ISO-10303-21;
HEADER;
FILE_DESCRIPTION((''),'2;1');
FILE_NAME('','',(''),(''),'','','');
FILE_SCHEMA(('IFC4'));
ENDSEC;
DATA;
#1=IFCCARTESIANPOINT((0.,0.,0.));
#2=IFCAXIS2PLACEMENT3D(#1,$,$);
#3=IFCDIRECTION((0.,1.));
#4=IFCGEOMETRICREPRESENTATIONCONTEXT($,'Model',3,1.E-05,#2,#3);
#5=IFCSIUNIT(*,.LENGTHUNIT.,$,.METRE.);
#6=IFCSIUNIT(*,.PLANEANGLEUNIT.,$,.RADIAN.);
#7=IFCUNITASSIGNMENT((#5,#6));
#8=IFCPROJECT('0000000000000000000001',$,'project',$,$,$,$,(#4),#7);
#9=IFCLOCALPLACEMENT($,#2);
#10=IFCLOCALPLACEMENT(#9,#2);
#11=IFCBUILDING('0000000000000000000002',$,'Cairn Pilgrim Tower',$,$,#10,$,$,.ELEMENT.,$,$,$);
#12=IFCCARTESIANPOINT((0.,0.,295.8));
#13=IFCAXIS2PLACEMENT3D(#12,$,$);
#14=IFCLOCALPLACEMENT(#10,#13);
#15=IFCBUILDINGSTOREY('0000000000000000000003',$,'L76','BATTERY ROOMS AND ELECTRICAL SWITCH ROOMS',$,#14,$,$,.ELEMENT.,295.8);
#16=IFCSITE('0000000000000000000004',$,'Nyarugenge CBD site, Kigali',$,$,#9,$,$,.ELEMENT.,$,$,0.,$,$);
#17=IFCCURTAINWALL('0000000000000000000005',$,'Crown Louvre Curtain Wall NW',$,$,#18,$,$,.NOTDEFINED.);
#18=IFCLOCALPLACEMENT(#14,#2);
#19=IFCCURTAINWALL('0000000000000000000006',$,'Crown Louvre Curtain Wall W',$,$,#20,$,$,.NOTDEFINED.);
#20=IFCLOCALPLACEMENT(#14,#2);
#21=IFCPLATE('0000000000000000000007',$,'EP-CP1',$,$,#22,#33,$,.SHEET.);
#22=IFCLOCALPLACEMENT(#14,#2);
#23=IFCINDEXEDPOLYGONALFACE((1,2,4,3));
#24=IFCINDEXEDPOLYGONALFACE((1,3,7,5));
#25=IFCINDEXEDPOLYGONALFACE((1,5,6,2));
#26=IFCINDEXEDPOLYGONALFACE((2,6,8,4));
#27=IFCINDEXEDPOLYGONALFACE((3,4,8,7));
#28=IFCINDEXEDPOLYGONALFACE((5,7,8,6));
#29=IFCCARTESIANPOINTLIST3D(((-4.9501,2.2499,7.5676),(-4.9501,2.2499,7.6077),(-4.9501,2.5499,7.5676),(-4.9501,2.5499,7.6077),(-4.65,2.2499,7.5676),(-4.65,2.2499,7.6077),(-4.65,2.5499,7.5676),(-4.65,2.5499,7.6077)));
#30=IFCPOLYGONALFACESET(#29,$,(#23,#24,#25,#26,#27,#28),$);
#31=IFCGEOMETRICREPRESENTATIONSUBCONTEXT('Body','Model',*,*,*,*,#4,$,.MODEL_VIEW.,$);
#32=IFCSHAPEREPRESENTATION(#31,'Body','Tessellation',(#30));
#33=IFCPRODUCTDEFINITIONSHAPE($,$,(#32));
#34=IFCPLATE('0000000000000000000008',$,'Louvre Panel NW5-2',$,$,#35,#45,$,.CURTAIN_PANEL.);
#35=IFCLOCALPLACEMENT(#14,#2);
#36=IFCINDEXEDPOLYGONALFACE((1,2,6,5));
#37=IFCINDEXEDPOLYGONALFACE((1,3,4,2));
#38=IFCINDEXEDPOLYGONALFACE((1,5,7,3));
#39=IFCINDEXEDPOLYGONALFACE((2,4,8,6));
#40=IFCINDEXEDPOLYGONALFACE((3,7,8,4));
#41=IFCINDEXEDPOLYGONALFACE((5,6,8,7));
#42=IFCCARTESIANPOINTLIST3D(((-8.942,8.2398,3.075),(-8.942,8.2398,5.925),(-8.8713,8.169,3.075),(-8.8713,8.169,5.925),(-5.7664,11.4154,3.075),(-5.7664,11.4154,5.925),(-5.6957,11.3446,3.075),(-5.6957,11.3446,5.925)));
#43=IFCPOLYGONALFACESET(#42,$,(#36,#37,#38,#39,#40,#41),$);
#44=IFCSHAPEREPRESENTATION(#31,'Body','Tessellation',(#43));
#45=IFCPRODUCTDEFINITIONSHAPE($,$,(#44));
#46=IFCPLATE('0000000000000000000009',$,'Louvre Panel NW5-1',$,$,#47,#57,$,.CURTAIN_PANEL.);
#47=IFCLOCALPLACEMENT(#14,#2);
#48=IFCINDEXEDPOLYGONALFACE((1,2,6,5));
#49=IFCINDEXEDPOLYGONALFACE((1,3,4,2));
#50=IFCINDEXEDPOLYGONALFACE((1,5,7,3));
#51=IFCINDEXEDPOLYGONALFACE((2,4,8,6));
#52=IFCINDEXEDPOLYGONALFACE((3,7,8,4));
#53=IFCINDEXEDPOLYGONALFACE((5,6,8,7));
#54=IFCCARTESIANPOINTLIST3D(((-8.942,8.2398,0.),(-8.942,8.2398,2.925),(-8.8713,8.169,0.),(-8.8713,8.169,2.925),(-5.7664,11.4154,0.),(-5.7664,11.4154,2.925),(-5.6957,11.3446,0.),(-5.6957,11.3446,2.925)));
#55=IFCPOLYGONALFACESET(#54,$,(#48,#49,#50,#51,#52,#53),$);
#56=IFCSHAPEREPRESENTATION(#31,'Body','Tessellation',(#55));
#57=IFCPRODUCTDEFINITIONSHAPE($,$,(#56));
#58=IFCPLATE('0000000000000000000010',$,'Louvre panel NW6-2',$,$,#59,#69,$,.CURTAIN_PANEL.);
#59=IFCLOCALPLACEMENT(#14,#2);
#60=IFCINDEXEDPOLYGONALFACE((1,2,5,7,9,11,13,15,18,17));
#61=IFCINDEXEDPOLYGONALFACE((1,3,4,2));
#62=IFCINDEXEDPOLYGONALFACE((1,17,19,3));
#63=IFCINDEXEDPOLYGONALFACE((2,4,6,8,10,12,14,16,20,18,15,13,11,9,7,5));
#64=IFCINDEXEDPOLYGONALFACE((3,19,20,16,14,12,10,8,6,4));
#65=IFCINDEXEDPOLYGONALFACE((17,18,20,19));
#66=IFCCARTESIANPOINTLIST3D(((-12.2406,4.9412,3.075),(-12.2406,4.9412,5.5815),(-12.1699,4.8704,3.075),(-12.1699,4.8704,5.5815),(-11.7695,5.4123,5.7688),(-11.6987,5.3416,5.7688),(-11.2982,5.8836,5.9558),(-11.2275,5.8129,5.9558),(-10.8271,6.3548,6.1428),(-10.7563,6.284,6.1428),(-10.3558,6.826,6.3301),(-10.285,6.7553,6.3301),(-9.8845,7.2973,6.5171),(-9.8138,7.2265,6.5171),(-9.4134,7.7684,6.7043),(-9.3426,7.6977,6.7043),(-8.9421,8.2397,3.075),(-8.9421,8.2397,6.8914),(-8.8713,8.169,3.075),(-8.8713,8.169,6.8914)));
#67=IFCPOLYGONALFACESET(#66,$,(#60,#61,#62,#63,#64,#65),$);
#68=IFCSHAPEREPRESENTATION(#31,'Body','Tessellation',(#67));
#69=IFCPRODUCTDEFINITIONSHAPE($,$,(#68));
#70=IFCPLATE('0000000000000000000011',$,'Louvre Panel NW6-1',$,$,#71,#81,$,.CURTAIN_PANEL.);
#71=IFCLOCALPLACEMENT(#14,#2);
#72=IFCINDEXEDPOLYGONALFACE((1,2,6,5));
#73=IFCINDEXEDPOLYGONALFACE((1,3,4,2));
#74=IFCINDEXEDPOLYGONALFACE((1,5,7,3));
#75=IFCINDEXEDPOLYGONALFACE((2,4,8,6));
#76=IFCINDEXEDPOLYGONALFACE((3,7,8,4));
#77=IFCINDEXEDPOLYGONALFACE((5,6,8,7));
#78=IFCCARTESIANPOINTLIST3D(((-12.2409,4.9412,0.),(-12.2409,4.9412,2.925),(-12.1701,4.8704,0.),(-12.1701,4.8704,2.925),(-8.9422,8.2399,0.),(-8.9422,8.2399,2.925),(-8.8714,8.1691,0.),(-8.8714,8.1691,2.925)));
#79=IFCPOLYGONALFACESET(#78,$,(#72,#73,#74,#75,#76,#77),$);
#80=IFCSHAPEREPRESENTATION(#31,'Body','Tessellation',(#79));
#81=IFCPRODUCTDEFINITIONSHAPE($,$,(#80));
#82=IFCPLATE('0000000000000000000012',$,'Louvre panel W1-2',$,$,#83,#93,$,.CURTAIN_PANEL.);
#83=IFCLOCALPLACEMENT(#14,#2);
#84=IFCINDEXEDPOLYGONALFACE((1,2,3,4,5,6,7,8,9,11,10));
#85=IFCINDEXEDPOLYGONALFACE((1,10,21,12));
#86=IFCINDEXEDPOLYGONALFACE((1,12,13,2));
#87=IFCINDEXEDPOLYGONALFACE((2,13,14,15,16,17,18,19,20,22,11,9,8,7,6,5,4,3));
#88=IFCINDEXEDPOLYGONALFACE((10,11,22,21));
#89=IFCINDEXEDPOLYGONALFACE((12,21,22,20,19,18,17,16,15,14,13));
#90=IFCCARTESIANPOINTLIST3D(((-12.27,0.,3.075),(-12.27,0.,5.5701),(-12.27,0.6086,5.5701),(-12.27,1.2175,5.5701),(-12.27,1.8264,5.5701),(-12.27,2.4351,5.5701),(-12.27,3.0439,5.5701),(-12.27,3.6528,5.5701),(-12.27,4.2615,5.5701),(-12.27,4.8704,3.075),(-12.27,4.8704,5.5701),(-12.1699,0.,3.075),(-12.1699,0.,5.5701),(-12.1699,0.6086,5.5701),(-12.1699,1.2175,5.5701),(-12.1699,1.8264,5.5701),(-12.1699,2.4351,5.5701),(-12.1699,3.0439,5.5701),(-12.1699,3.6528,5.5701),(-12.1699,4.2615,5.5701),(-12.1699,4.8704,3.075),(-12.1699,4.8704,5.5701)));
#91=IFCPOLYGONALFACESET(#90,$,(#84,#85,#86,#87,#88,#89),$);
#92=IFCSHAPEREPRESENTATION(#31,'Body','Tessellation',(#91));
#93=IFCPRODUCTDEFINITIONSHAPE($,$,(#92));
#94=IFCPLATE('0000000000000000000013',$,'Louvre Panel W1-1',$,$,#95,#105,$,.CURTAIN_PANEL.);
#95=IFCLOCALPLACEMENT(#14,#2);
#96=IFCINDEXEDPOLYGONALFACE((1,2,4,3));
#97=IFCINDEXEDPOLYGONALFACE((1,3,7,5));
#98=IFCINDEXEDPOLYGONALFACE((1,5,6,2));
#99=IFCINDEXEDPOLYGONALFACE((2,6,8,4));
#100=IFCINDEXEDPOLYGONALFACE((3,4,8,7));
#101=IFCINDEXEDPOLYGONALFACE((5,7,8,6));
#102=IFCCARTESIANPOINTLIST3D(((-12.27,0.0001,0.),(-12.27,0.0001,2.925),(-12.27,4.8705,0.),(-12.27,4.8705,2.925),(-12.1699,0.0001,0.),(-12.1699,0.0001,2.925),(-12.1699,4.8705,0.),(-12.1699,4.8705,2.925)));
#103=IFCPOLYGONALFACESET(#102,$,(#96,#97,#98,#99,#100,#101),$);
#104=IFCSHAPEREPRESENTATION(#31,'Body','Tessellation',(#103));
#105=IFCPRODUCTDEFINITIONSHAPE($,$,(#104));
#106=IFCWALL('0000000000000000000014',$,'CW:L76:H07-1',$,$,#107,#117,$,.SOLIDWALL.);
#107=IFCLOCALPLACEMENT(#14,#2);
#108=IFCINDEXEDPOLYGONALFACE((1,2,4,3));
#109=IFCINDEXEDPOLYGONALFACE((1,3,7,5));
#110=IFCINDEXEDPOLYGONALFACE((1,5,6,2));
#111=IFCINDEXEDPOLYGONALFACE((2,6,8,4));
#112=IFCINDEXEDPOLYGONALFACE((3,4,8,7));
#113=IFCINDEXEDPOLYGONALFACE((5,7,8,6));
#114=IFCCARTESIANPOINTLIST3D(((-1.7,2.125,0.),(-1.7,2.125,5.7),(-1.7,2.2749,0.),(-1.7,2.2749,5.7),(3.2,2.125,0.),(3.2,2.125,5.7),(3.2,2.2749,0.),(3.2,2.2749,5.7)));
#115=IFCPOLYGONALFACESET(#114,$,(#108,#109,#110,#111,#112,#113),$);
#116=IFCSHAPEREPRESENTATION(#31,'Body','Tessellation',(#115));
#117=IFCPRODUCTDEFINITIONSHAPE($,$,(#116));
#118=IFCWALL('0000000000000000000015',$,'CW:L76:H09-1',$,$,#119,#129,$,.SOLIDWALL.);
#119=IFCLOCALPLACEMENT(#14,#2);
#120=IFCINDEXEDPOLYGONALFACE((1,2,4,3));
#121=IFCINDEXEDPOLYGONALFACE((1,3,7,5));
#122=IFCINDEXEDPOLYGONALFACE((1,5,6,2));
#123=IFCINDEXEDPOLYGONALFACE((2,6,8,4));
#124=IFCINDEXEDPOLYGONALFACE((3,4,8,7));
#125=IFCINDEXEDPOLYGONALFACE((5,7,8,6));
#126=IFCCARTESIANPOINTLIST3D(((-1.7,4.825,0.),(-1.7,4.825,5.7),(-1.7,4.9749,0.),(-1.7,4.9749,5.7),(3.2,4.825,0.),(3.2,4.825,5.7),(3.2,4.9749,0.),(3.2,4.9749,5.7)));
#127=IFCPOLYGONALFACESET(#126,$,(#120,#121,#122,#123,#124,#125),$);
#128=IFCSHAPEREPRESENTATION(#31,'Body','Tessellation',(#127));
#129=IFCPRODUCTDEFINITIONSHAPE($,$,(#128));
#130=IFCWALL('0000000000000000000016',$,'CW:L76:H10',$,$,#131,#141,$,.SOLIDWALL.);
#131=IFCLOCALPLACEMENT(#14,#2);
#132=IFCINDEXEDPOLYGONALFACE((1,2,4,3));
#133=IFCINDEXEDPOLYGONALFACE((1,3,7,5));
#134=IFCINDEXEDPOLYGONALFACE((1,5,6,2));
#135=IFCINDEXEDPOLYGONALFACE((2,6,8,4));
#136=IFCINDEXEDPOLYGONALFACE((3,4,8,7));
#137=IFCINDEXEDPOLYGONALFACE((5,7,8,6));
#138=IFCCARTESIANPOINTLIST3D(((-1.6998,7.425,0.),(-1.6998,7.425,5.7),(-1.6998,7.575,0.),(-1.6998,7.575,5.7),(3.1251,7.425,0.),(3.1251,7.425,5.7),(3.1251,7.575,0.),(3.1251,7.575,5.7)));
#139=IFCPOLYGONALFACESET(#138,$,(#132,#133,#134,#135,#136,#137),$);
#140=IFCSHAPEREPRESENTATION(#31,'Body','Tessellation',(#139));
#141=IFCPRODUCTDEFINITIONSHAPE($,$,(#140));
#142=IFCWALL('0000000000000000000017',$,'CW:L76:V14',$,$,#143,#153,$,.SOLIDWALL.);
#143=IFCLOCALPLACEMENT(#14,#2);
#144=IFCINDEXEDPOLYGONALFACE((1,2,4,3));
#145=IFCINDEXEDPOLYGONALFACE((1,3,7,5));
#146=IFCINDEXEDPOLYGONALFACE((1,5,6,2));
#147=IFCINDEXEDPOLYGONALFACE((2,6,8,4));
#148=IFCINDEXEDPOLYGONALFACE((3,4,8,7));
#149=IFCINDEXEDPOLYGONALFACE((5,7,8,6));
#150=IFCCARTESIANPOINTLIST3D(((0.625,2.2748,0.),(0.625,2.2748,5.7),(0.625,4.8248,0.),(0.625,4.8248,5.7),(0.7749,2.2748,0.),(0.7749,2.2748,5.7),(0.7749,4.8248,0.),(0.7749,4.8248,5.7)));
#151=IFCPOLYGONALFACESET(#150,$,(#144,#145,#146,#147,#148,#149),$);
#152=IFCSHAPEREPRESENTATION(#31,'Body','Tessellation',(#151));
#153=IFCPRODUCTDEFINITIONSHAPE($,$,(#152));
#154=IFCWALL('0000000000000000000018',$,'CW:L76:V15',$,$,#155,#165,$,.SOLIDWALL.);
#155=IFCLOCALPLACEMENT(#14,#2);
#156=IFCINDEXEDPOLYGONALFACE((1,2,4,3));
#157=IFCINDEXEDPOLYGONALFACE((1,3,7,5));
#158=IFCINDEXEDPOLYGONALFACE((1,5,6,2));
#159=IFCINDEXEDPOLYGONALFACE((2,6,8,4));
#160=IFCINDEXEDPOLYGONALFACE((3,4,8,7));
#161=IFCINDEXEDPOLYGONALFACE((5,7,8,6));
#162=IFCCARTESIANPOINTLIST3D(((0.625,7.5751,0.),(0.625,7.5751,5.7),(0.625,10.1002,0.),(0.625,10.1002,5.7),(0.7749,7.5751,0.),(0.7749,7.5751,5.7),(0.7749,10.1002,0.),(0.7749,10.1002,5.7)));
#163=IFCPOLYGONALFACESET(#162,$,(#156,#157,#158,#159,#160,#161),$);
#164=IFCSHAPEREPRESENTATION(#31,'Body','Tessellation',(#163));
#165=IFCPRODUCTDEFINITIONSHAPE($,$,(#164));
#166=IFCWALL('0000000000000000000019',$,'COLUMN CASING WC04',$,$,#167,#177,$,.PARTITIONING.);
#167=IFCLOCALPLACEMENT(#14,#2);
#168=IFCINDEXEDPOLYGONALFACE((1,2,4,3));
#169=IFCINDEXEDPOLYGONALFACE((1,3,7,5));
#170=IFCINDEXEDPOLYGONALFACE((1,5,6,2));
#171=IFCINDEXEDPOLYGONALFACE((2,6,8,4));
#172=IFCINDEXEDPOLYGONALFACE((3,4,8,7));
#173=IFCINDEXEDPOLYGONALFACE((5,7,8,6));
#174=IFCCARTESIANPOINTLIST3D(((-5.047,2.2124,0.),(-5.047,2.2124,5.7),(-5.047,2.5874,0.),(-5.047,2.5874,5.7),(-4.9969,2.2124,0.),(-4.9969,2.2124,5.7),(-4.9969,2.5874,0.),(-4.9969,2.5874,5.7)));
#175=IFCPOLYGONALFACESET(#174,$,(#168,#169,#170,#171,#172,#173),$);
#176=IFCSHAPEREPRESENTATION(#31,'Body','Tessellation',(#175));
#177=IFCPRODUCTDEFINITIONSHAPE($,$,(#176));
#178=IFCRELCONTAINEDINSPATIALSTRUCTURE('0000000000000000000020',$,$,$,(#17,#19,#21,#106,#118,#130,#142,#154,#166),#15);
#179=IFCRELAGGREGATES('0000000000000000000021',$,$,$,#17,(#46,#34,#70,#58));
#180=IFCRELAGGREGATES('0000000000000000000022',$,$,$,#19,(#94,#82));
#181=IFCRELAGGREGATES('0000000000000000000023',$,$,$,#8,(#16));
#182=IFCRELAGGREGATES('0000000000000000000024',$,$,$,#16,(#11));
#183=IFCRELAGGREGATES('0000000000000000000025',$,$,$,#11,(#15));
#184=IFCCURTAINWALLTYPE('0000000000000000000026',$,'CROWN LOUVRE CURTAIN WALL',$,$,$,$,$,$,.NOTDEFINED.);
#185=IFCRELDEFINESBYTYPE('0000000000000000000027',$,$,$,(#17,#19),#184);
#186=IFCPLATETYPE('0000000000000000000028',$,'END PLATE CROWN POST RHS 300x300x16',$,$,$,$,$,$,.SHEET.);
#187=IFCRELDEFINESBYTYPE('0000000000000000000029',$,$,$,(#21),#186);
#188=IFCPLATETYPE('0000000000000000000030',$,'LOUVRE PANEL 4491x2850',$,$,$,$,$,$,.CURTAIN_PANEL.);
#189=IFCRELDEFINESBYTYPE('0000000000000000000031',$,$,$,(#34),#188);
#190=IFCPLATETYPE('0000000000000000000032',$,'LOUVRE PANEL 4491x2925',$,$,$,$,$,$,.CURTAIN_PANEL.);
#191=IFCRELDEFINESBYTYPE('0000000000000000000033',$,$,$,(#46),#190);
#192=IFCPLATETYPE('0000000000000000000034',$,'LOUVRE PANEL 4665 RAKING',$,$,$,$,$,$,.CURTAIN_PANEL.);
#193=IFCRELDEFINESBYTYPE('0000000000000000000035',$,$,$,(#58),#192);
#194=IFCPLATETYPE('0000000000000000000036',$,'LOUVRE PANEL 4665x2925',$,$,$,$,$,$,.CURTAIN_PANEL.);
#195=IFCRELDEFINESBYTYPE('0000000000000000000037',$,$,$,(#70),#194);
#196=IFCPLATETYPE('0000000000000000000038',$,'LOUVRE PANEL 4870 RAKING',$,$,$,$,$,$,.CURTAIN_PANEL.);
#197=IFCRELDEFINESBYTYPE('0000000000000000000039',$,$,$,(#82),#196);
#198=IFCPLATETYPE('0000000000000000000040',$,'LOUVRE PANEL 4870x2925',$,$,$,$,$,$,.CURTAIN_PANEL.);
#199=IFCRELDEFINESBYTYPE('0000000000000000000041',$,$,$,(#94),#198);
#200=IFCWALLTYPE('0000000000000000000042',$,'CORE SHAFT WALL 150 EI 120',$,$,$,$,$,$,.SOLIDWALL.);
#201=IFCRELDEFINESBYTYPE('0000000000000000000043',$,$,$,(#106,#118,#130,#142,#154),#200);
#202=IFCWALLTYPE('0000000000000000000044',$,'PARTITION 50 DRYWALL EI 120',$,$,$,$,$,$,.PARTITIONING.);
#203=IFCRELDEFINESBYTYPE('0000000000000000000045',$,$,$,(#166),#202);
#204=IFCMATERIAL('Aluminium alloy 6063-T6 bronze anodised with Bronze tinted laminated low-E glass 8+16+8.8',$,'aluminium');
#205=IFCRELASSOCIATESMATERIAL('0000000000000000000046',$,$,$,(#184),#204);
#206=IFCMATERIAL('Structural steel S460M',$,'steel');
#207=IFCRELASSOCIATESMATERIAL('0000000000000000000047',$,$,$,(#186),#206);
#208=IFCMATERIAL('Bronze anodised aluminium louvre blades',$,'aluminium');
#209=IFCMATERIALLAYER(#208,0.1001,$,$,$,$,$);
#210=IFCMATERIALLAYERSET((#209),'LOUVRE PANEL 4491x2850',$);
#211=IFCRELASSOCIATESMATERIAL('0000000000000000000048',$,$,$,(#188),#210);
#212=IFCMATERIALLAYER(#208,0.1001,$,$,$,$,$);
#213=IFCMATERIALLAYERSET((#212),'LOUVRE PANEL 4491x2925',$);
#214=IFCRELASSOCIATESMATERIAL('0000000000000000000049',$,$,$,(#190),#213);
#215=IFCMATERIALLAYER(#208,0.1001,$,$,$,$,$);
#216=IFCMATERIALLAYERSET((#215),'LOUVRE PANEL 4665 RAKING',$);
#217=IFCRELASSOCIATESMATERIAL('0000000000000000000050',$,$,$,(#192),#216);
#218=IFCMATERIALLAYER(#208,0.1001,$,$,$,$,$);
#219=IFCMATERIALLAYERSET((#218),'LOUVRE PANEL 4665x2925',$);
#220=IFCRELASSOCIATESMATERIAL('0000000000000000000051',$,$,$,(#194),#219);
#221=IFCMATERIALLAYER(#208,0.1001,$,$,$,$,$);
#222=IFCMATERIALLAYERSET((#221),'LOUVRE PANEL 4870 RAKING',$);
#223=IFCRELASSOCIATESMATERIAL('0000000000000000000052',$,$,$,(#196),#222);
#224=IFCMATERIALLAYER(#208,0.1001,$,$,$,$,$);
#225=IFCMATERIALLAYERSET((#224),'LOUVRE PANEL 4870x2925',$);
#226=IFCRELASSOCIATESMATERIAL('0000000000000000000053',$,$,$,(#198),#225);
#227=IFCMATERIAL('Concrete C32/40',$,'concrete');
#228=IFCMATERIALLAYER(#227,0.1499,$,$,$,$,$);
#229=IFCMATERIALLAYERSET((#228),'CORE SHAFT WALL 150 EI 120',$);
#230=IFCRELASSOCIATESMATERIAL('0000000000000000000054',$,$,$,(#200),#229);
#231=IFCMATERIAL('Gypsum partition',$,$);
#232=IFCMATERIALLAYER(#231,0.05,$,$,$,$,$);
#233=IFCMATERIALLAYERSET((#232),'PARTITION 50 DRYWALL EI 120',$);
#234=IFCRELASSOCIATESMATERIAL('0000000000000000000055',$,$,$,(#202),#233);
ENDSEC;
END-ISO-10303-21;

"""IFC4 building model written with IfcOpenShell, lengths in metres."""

from ifc_helpers import new_model, si_unit, direction, frame, frame_2d, origin, origin_2d, place, context, subcontext, project, spatial, polyline, rectangle, outline, extrude, material, layer, layer_set, material_profile, profile_set, type_object, element, aggregate, save


model = new_model("IFC4")

# Units and contexts
model_context = context("Model", 3, precision=1e-05, world=origin(), true_north=direction((0.0, 1.0)))
body_context = subcontext(model_context, "Body", "Model", "MODEL_VIEW")
ifc_project = project(units=[si_unit("LENGTHUNIT", "METRE"), si_unit("PLANEANGLEUNIT", "RADIAN")], contexts=[model_context])

# Site, building, storey
site_placement = place(None, origin())
site = spatial("IfcSite", under=ifc_project, at=site_placement, Name="Nyarugenge CBD site, Kigali", CompositionType="ELEMENT", RefElevation=0.0)
building_placement = place(site_placement, origin())
building = spatial("IfcBuilding", under=site, at=building_placement, Name="Cairn Pilgrim Tower", CompositionType="ELEMENT")
storey_placement = place(building_placement, frame((0.0, 0.0, 295.8)))
storey = spatial("IfcBuildingStorey", under=building, at=storey_placement, Name="L76", Description="BATTERY ROOMS AND ELECTRICAL SWITCH ROOMS", CompositionType="ELEMENT", Elevation=295.8)

# Shared definitions
ifc_material_1 = material(Name="Structural steel S460M", Category="steel")

# Curtain walls
ifc_material_2 = material(Name="Aluminium alloy 6063-T6 bronze anodised with Bronze tinted laminated low-E glass 8+16+8.8", Category="aluminium")
curtain_wall_type = type_object("IfcCurtainWallType", Name="CROWN LOUVRE CURTAIN WALL", PredefinedType="NOTDEFINED", material=ifc_material_2)
curtain_wall_1_placement = place(storey_placement, origin())
curtain_wall_1 = element("IfcCurtainWall", 1, at=curtain_wall_1_placement, inside=storey, type_object=curtain_wall_type, Name="Crown Louvre Curtain Wall NW", PredefinedType="NOTDEFINED")
curtain_wall_2_placement = place(storey_placement, origin())
curtain_wall_2 = element("IfcCurtainWall", 2, at=curtain_wall_2_placement, inside=storey, type_object=curtain_wall_type, Name="Crown Louvre Curtain Wall W", PredefinedType="NOTDEFINED")

# Plate
ifc_material_profile_1 = material_profile(ifc_material_1, rectangle(XDim=0.3, YDim=0.3, at=origin_2d()), Name="END PLATE CROWN POST RHS 300x300x16")
ifc_profile_set_1 = profile_set([ifc_material_profile_1], Name="Structural steel S460M")
plate_type_1 = type_object("IfcPlateType", Name="END PLATE CROWN POST RHS 300x300x16", PredefinedType="SHEET", material=ifc_profile_set_1)
plate_1_placement = place(storey_placement, frame((-4.8, 2.3999, 7.5676), z_axis=(0.0, 0.0, 1.0), x_axis=(1.0, 0.0, 0.0)))
element("IfcPlate", 3, at=plate_1_placement, inside=storey, type_object=plate_type_1, Name="EP-CP1", PredefinedType="SHEET", context=body_context, shape_type="SweptSolid", body=[
    extrude(rectangle(XDim=0.3, YDim=0.3, at=origin_2d()), origin(), (0.0, 0.0, 1.0), 0.04),
])

# Plates
ifc_material_3 = material(Name="Bronze anodised aluminium louvre blades", Category="aluminium")
ifc_layer_1 = layer(ifc_material_3, 0.1001)
ifc_layer_set_1 = layer_set([ifc_layer_1], Name="LOUVRE PANEL 4491x2850")
plate_type_2 = type_object("IfcPlateType", Name="LOUVRE PANEL 4491x2850", PredefinedType="CURTAIN_PANEL", material=ifc_layer_set_1)
plate_2_placement = place(storey_placement, frame((-7.3188, 9.7922, 3.075), z_axis=(0.0, 0.0, 1.0), x_axis=(-0.707107, -0.707107, 0.0)))
plate_2 = element("IfcPlate", 4, at=plate_2_placement, type_object=plate_type_2, Name="Louvre Panel NW5-2", PredefinedType="CURTAIN_PANEL", context=body_context, shape_type="SweptSolid", body=[
    extrude(rectangle(XDim=4.491, YDim=0.1001, at=origin_2d()), origin(), (0.0, 0.0, 1.0), 2.8501),
])
ifc_layer_2 = layer(ifc_material_3, 0.1001)
ifc_layer_set_2 = layer_set([ifc_layer_2], Name="LOUVRE PANEL 4491x2925")
plate_type_3 = type_object("IfcPlateType", Name="LOUVRE PANEL 4491x2925", PredefinedType="CURTAIN_PANEL", material=ifc_layer_set_2)
plate_3_placement = place(storey_placement, frame((-7.3188, 9.7922, 0.0), z_axis=(0.0, 0.0, 1.0), x_axis=(-0.707107, -0.707107, 0.0)))
plate_3 = element("IfcPlate", 5, at=plate_3_placement, type_object=plate_type_3, Name="Louvre Panel NW5-1", PredefinedType="CURTAIN_PANEL", context=body_context, shape_type="SweptSolid", body=[
    extrude(rectangle(XDim=4.491, YDim=0.1001, at=origin_2d()), origin(), (0.0, 0.0, 1.0), 2.925),
])
ifc_layer_3 = layer(ifc_material_3, 0.1001)
ifc_layer_set_3 = layer_set([ifc_layer_3], Name="LOUVRE PANEL 4665 RAKING")
plate_type_4 = type_object("IfcPlateType", Name="LOUVRE PANEL 4665 RAKING", PredefinedType="CURTAIN_PANEL", material=ifc_layer_set_3)
plate_4_placement = place(storey_placement, frame((-8.9067, 8.2043, 3.075), z_axis=(0.0, 0.0, 1.0), x_axis=(-0.707107, -0.707107, 0.0)))
plate_4 = element("IfcPlate", 6, at=plate_4_placement, type_object=plate_type_4, Name="Louvre panel NW6-2", PredefinedType="CURTAIN_PANEL", context=body_context, shape_type="SweptSolid", body=[
    extrude(outline(polyline([(0.0, 0.0), (4.6648, 0.0), (4.6648, 2.5066), (3.9985, 2.6938), (3.332, 2.8809), (2.6658, 3.0679), (1.9993, 3.2551), (1.3328, 3.4421), (0.6665, 3.6294), (0.0, 3.8164), (0.0, 0.0)])), frame((0.0, 0.05, 0.0), z_axis=(0.0, -1.0, 0.0), x_axis=(1.0, 0.0, 0.0)), (0.0, 0.0, 1.0), 0.1001),
])
ifc_layer_4 = layer(ifc_material_3, 0.1001)
ifc_layer_set_4 = layer_set([ifc_layer_4], Name="LOUVRE PANEL 4665x2925")
plate_type_5 = type_object("IfcPlateType", Name="LOUVRE PANEL 4665x2925", PredefinedType="CURTAIN_PANEL", material=ifc_layer_set_4)
plate_5_placement = place(storey_placement, frame((-10.5562, 6.5552, 0.0), z_axis=(0.0, 0.0, 1.0), x_axis=(-0.707107, -0.707107, 0.0)))
plate_5 = element("IfcPlate", 7, at=plate_5_placement, type_object=plate_type_5, Name="Louvre Panel NW6-1", PredefinedType="CURTAIN_PANEL", context=body_context, shape_type="SweptSolid", body=[
    extrude(rectangle(XDim=4.665, YDim=0.1001, at=origin_2d()), origin(), (0.0, 0.0, 1.0), 2.925),
])
aggregate(curtain_wall_1, [plate_3, plate_2, plate_5, plate_4])
ifc_layer_5 = layer(ifc_material_3, 0.1001)
ifc_layer_set_5 = layer_set([ifc_layer_5], Name="LOUVRE PANEL 4870 RAKING")
plate_type_6 = type_object("IfcPlateType", Name="LOUVRE PANEL 4870 RAKING", PredefinedType="CURTAIN_PANEL", material=ifc_layer_set_5)
plate_6_placement = place(storey_placement, frame((-12.22, 4.8704, 3.075), z_axis=(0.0, 0.0, 1.0), x_axis=(0.0, -1.0, 0.0)))
plate_6 = element("IfcPlate", 8, at=plate_6_placement, type_object=plate_type_6, Name="Louvre panel W1-2", PredefinedType="CURTAIN_PANEL", context=body_context, shape_type="SweptSolid", body=[
    extrude(outline(polyline([(0.0, 0.0), (4.8704, 0.0), (4.8704, 2.4951), (4.2617, 2.4951), (3.6528, 2.4951), (3.0439, 2.4951), (2.4353, 2.4951), (1.8264, 2.4951), (1.2175, 2.4951), (0.6089, 2.4951), (0.0, 2.4951), (0.0, 0.0)])), frame((0.0, 0.05, 0.0), z_axis=(0.0, -1.0, 0.0), x_axis=(1.0, 0.0, 0.0)), (0.0, 0.0, 1.0), 0.1001),
])
ifc_layer_6 = layer(ifc_material_3, 0.1001)
ifc_layer_set_6 = layer_set([ifc_layer_6], Name="LOUVRE PANEL 4870x2925")
plate_type_7 = type_object("IfcPlateType", Name="LOUVRE PANEL 4870x2925", PredefinedType="CURTAIN_PANEL", material=ifc_layer_set_6)
plate_7_placement = place(storey_placement, frame((-12.22, 2.4353, 0.0), z_axis=(0.0, 0.0, 1.0), x_axis=(0.0, -1.0, 0.0)))
plate_7 = element("IfcPlate", 9, at=plate_7_placement, type_object=plate_type_7, Name="Louvre Panel W1-1", PredefinedType="CURTAIN_PANEL", context=body_context, shape_type="SweptSolid", body=[
    extrude(rectangle(XDim=4.8704, YDim=0.1001, at=origin_2d()), origin(), (0.0, 0.0, 1.0), 2.925),
])
aggregate(curtain_wall_2, [plate_7, plate_6])

# Walls
ifc_material_4 = material(Name="Concrete C32/40", Category="concrete")
ifc_layer_7 = layer(ifc_material_4, 0.1499)
ifc_layer_set_7 = layer_set([ifc_layer_7], Name="CORE SHAFT WALL 150 EI 120")
wall_type_1 = type_object("IfcWallType", Name="CORE SHAFT WALL 150 EI 120", PredefinedType="SOLIDWALL", material=ifc_layer_set_7)
for number, where, z_axis, x_axis, name in (
    (10, (-1.7, 2.2, 0.0), (0.0, 0.0, 1.0), (1.0, 0.0, 0.0), "CW:L76:H07-1"),
    (11, (-1.7, 4.8999, 0.0), (0.0, 0.0, 1.0), (1.0, 0.0, 0.0), "CW:L76:H09-1"),
):
    element("IfcWall", number, at=place(storey_placement, frame(where, z_axis=z_axis, x_axis=x_axis)), inside=storey, type_object=wall_type_1, Name=name, PredefinedType="SOLIDWALL", context=body_context, shape_type="SweptSolid", body=[
        extrude(rectangle(XDim=4.8999, YDim=0.1499, at=frame_2d((2.45, 0.0))), origin(), (0.0, 0.0, 1.0), 5.7),
    ])
wall_1_placement = place(storey_placement, frame((-1.7, 7.5, 0.0), z_axis=(0.0, 0.0, 1.0), x_axis=(1.0, 0.0, 0.0)))
element("IfcWall", 12, at=wall_1_placement, inside=storey, type_object=wall_type_1, Name="CW:L76:H10", PredefinedType="SOLIDWALL", context=body_context, shape_type="SweptSolid", body=[
    extrude(rectangle(XDim=4.825, YDim=0.1499, at=frame_2d((2.4126, 0.0))), origin(), (0.0, 0.0, 1.0), 5.7),
])
wall_2_placement = place(storey_placement, frame((0.7, 2.2749, 0.0), z_axis=(0.0, 0.0, 1.0), x_axis=(0.0, 1.0, 0.0)))
element("IfcWall", 13, at=wall_2_placement, inside=storey, type_object=wall_type_1, Name="CW:L76:V14", PredefinedType="SOLIDWALL", context=body_context, shape_type="SweptSolid", body=[
    extrude(rectangle(XDim=2.55, YDim=0.1499, at=frame_2d((1.2749, 0.0))), origin(), (0.0, 0.0, 1.0), 5.7),
])
wall_3_placement = place(storey_placement, frame((0.7, 7.575, 0.0), z_axis=(0.0, 0.0, 1.0), x_axis=(0.0, 1.0, 0.0)))
element("IfcWall", 14, at=wall_3_placement, inside=storey, type_object=wall_type_1, Name="CW:L76:V15", PredefinedType="SOLIDWALL", context=body_context, shape_type="SweptSolid", body=[
    extrude(rectangle(XDim=2.5251, YDim=0.1499, at=frame_2d((1.2627, 0.0))), origin(), (0.0, 0.0, 1.0), 5.7),
])
ifc_material_5 = material(Name="Gypsum partition")
ifc_layer_8 = layer(ifc_material_5, 0.05)
ifc_layer_set_8 = layer_set([ifc_layer_8], Name="PARTITION 50 DRYWALL EI 120")
wall_type_2 = type_object("IfcWallType", Name="PARTITION 50 DRYWALL EI 120", PredefinedType="PARTITIONING", material=ifc_layer_set_8)
wall_4_placement = place(storey_placement, frame((-5.022, 2.2124, 0.0), z_axis=(0.0, 0.0, 1.0), x_axis=(0.0, 1.0, 0.0)))
element("IfcWall", 15, at=wall_4_placement, inside=storey, type_object=wall_type_2, Name="COLUMN CASING WC04", PredefinedType="PARTITIONING", context=body_context, shape_type="SweptSolid", body=[
    extrude(rectangle(XDim=0.375, YDim=0.05, at=frame_2d((0.1875, 0.0))), origin(), (0.0, 0.0, 1.0), 5.7),
])

save(model, "model.ifc")
